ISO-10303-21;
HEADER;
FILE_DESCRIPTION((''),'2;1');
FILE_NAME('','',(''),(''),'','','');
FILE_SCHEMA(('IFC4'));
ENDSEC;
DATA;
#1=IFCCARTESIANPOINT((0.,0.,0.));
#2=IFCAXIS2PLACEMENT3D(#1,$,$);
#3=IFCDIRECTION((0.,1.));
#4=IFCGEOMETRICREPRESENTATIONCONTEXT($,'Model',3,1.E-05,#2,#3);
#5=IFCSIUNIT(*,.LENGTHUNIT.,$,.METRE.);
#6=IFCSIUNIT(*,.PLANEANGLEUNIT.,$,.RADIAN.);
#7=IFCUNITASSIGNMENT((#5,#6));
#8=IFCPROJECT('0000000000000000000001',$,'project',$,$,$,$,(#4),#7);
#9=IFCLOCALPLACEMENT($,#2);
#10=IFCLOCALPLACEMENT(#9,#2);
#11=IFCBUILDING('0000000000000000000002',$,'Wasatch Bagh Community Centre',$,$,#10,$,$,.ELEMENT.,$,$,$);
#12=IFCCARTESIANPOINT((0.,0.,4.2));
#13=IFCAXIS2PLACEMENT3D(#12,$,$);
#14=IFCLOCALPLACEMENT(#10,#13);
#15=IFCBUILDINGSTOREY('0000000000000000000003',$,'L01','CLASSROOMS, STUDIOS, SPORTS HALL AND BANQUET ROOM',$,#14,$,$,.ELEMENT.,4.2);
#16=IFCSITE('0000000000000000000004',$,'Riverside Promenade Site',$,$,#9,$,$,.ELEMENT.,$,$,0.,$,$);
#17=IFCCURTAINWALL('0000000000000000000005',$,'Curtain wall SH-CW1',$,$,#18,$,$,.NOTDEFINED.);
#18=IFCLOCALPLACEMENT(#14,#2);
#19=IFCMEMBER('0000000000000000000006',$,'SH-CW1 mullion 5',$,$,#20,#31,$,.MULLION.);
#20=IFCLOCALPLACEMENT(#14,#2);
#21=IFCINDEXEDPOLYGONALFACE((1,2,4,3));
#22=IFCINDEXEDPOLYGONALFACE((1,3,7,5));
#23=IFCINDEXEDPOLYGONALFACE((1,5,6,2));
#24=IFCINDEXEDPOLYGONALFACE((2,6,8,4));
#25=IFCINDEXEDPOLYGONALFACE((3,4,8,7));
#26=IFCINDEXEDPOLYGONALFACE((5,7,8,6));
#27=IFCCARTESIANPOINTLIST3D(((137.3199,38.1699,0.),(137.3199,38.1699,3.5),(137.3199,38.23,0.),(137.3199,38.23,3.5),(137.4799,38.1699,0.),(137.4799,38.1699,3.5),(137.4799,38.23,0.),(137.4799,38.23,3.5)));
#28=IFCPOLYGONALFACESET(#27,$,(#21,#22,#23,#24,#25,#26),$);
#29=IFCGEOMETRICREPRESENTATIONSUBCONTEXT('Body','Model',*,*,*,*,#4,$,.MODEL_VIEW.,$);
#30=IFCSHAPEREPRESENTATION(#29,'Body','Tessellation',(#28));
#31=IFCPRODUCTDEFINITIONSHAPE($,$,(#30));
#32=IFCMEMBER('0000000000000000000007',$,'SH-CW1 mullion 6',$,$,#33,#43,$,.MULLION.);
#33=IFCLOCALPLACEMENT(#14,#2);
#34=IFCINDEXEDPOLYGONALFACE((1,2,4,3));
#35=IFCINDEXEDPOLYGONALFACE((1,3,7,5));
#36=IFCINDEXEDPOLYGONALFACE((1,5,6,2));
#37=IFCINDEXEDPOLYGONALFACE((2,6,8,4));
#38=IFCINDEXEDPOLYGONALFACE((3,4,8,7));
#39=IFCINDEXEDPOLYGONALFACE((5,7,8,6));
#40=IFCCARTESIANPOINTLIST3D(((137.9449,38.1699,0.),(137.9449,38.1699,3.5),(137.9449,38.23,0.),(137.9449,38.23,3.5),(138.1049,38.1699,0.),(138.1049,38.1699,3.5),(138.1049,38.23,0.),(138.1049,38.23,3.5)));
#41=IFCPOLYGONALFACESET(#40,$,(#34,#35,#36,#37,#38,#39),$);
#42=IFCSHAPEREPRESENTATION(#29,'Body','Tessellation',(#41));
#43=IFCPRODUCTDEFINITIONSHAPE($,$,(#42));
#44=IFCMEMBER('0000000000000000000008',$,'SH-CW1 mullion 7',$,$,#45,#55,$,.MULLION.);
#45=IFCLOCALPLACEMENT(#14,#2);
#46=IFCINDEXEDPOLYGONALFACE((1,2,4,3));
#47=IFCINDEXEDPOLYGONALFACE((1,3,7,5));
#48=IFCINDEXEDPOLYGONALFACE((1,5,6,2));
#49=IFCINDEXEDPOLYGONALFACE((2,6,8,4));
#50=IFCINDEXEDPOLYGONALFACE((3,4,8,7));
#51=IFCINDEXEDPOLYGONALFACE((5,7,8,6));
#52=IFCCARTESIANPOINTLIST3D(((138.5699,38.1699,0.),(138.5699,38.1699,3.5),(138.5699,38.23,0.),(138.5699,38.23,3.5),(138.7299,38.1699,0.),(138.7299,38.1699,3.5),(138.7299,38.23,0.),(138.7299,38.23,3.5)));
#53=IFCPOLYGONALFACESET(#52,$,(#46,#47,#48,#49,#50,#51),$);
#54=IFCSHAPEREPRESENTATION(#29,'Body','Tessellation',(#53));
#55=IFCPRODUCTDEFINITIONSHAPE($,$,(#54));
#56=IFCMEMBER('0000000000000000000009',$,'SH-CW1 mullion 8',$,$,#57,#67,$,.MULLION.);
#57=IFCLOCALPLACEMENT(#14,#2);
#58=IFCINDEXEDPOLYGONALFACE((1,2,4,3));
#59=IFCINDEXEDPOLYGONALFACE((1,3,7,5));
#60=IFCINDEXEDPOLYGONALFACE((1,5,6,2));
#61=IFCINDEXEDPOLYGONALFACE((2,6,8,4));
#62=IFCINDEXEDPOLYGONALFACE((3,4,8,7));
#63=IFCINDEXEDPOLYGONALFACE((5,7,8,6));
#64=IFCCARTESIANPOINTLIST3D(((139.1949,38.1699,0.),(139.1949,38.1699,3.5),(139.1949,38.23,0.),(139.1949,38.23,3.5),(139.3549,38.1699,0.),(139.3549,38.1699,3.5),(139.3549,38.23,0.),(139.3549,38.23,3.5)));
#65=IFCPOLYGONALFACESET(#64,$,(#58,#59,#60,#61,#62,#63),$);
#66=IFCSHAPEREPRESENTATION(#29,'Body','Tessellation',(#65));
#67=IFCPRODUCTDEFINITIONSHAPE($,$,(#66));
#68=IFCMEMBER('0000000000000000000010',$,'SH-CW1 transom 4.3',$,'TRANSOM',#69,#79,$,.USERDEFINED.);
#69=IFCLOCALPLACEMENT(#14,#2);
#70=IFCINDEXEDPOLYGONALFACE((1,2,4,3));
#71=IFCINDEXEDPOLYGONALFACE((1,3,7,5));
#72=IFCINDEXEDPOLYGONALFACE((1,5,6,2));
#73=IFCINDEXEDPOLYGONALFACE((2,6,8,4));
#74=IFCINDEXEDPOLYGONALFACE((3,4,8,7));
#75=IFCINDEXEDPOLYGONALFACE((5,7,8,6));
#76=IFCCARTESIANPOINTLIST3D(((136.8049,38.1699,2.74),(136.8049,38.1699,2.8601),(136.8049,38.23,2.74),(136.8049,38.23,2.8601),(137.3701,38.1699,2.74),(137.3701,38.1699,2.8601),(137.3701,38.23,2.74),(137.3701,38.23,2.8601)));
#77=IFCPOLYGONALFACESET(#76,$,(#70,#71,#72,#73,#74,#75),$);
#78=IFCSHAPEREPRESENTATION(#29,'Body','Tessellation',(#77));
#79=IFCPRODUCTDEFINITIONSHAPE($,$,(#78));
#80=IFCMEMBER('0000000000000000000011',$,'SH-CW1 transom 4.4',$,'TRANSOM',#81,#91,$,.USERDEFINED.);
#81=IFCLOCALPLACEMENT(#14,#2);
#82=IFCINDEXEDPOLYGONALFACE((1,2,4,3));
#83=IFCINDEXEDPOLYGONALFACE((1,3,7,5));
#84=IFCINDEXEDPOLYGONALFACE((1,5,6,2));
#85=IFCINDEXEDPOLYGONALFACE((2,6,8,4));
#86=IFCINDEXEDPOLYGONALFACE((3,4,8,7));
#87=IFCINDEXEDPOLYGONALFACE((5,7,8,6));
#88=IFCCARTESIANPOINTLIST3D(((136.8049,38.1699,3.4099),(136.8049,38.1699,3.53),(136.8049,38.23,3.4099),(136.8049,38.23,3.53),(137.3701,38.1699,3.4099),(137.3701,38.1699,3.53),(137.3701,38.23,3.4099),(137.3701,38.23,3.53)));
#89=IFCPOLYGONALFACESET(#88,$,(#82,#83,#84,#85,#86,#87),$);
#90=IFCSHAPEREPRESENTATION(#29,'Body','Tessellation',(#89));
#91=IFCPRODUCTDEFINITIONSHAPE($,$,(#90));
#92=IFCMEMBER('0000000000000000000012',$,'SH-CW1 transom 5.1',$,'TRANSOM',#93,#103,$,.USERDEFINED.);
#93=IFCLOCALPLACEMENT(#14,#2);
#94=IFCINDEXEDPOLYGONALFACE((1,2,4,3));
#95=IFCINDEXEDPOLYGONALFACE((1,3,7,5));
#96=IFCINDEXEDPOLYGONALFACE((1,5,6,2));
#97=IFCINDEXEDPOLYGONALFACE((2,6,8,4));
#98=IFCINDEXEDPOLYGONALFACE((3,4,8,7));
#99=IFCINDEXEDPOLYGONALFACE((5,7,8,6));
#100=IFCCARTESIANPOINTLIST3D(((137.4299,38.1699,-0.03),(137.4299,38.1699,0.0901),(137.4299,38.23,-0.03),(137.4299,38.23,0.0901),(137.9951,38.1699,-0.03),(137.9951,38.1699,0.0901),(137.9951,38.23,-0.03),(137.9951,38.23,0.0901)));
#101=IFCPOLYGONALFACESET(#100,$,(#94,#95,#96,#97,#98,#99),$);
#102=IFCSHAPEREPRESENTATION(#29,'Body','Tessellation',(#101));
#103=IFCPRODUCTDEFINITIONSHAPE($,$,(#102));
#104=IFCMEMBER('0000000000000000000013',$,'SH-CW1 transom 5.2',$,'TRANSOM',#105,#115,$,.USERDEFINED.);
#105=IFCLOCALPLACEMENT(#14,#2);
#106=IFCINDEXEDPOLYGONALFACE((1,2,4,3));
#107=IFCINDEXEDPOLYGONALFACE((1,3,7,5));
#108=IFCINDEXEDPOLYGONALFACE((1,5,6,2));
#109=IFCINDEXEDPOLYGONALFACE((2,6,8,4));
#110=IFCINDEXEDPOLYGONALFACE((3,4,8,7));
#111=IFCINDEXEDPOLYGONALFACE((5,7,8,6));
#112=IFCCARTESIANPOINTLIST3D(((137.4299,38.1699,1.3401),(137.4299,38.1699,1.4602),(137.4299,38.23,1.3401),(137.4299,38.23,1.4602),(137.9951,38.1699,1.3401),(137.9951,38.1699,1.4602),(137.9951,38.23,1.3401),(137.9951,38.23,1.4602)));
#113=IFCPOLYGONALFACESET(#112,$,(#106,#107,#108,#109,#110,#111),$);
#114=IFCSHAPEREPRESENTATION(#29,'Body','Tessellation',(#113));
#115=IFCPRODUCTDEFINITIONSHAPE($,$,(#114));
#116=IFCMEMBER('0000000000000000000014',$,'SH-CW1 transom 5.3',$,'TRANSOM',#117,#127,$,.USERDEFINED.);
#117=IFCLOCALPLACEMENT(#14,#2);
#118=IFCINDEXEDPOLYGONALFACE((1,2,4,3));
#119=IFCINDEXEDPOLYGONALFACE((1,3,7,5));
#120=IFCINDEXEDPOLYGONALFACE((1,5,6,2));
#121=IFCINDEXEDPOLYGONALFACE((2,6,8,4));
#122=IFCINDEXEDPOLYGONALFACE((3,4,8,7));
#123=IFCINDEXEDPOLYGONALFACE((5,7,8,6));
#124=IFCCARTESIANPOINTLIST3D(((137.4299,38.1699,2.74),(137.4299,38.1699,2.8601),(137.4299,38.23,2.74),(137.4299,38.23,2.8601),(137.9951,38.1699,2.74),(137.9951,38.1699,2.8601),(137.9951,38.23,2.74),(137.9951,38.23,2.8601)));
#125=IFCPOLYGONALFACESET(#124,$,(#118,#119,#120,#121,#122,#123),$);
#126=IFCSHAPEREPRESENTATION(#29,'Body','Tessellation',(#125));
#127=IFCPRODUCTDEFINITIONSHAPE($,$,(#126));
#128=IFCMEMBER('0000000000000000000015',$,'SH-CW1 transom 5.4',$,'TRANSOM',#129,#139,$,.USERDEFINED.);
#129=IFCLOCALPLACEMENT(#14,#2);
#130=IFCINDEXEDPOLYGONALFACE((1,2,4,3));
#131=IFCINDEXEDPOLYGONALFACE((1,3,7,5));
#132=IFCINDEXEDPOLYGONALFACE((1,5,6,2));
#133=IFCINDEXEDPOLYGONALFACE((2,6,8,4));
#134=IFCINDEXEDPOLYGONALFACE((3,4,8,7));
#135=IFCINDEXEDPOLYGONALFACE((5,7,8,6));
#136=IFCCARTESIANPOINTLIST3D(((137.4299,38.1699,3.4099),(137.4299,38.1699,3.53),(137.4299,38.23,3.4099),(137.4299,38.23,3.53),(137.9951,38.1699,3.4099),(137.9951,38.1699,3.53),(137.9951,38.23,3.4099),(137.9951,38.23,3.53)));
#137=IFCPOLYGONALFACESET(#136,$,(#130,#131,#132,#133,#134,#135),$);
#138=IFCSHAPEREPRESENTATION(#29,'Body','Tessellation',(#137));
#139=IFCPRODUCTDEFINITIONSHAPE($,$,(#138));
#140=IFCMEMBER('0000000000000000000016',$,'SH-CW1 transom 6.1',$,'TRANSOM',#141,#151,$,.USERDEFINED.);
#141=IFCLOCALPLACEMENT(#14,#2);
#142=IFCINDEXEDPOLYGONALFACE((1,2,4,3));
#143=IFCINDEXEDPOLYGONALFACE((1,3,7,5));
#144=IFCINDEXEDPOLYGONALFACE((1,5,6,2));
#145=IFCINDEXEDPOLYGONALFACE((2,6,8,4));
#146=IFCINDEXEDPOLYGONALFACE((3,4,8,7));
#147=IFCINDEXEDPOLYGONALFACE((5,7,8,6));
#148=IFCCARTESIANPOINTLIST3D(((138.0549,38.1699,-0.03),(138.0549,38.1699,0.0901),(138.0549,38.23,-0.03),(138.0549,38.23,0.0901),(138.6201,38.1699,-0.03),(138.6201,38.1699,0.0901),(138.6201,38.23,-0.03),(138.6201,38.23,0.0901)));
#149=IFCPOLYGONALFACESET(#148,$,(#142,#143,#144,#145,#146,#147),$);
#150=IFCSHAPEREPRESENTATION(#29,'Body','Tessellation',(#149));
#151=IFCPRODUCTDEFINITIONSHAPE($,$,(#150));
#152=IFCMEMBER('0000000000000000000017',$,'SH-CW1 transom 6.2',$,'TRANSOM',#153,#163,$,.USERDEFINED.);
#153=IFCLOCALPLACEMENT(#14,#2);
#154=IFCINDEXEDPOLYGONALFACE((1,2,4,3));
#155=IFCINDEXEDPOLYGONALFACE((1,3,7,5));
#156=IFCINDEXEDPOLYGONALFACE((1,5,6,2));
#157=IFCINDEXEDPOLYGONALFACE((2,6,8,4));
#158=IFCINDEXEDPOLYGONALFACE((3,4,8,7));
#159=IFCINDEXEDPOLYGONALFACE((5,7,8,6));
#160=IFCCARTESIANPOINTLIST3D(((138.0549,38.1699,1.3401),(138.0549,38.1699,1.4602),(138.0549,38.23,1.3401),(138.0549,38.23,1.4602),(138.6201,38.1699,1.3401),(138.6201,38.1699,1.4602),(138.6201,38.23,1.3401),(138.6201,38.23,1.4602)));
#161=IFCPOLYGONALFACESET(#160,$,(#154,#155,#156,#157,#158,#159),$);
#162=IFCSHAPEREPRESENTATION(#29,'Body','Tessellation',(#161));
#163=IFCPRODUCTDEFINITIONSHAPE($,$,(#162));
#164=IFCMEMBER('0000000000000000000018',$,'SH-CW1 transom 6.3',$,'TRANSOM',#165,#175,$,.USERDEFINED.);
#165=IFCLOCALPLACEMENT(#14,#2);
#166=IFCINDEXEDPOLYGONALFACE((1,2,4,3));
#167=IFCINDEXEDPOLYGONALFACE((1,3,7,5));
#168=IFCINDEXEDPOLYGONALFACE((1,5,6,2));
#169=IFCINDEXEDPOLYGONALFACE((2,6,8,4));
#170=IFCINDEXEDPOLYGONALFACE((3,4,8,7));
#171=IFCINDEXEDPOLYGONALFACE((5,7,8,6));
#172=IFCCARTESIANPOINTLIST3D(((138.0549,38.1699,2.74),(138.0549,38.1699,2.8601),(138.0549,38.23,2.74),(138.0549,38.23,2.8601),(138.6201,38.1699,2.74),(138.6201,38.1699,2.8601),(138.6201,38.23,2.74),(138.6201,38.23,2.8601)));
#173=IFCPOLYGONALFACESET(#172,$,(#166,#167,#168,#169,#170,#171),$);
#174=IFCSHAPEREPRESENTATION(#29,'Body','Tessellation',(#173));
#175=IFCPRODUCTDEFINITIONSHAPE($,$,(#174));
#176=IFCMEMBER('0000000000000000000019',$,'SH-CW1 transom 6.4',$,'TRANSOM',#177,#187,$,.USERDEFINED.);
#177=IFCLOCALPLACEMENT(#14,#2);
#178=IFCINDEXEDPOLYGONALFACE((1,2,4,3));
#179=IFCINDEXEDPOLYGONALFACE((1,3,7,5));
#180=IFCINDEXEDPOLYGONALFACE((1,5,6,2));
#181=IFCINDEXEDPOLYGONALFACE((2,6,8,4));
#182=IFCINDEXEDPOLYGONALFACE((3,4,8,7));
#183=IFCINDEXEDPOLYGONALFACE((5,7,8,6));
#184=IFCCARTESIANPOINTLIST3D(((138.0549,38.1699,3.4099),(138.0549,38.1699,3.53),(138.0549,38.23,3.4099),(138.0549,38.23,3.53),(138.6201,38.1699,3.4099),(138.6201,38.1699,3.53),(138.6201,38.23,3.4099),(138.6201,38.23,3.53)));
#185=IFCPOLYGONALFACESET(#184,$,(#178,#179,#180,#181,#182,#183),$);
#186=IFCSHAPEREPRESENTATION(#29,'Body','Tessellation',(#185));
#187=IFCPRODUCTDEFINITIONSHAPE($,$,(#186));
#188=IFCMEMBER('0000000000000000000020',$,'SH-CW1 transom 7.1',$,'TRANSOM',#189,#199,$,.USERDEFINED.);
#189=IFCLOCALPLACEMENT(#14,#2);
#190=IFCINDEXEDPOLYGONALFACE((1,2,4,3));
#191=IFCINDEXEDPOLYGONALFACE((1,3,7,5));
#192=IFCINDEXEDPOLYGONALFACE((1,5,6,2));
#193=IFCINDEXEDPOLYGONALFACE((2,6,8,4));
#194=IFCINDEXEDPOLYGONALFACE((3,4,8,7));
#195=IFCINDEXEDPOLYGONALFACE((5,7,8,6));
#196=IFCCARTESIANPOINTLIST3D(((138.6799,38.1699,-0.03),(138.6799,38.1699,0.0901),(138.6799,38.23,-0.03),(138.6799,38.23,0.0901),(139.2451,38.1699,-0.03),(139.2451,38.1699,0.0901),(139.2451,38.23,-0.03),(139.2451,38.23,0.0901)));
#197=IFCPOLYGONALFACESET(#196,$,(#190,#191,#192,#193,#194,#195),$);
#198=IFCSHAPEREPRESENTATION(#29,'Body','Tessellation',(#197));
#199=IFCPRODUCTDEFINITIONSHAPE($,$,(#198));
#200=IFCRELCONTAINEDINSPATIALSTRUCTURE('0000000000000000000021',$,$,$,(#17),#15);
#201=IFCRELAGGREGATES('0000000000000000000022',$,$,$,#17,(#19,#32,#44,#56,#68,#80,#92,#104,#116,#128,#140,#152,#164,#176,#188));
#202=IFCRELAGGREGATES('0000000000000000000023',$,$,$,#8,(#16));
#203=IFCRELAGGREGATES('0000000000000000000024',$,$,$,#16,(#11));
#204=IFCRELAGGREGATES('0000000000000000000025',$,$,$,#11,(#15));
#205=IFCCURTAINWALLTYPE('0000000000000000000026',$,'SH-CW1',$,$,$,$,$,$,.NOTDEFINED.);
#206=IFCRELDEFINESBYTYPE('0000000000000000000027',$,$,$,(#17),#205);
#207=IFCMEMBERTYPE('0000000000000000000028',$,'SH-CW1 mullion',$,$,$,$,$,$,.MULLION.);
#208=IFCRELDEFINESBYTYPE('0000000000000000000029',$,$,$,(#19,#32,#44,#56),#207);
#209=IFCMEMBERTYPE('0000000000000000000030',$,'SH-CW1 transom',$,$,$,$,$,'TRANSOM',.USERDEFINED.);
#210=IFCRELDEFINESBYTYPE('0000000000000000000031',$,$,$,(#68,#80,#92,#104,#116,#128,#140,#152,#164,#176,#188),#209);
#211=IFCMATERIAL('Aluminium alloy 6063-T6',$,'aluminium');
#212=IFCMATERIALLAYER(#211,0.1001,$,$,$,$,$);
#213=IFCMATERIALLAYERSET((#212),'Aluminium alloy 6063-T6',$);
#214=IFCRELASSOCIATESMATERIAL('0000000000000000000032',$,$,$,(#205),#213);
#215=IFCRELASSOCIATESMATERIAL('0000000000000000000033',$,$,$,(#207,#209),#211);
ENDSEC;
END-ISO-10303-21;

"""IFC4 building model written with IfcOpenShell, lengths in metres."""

from ifc_helpers import new_model, si_unit, direction, frame, origin, origin_2d, place, context, subcontext, project, spatial, rectangle, extrude, material, layer, layer_set, material_profile, profile_set, type_object, element, aggregate, save


model = new_model("IFC4")

# Units and contexts
model_context = context("Model", 3, precision=1e-05, world=origin(), true_north=direction((0.0, 1.0)))
body_context = subcontext(model_context, "Body", "Model", "MODEL_VIEW")
ifc_project = project(units=[si_unit("LENGTHUNIT", "METRE"), si_unit("PLANEANGLEUNIT", "RADIAN")], contexts=[model_context])

# Site, building, storey
site_placement = place(None, origin())
site = spatial("IfcSite", under=ifc_project, at=site_placement, Name="Riverside Promenade Site", CompositionType="ELEMENT", RefElevation=0.0)
building_placement = place(site_placement, origin())
building = spatial("IfcBuilding", under=site, at=building_placement, Name="Wasatch Bagh Community Centre", CompositionType="ELEMENT")
storey_placement = place(building_placement, frame((0.0, 0.0, 4.2)))
storey = spatial("IfcBuildingStorey", under=building, at=storey_placement, Name="L01", Description="CLASSROOMS, STUDIOS, SPORTS HALL AND BANQUET ROOM", CompositionType="ELEMENT", Elevation=4.2)

# Curtain wall, members
ifc_material_1 = material(Name="Aluminium alloy 6063-T6", Category="aluminium")
ifc_layer_1 = layer(ifc_material_1, 0.1001)
ifc_layer_set_1 = layer_set([ifc_layer_1], Name="Aluminium alloy 6063-T6")
curtain_wall_type = type_object("IfcCurtainWallType", Name="SH-CW1", PredefinedType="NOTDEFINED", material=ifc_layer_set_1)
curtain_wall_placement = place(storey_placement, origin())
curtain_wall = element("IfcCurtainWall", 1, at=curtain_wall_placement, inside=storey, type_object=curtain_wall_type, Name="Curtain wall SH-CW1", PredefinedType="NOTDEFINED")
ifc_material_profile_1 = material_profile(ifc_material_1, rectangle(XDim=0.0601, YDim=0.1599, at=origin_2d()), Name="AL 60x160")
ifc_profile_set_1 = profile_set([ifc_material_profile_1], Name="Aluminium alloy 6063-T6")
member_type_1 = type_object("IfcMemberType", Name="SH-CW1 mullion", PredefinedType="MULLION", material=ifc_profile_set_1)
member_1_placement = place(storey_placement, frame((137.3999, 38.2, 0.0), z_axis=(0.0, 0.0, 1.0), x_axis=(0.0, 1.0, 0.0)))
member_1 = element("IfcMember", 2, at=member_1_placement, type_object=member_type_1, Name="SH-CW1 mullion 5", PredefinedType="MULLION", context=body_context, shape_type="SweptSolid", body=[
    extrude(rectangle(XDim=0.0601, YDim=0.1599, at=origin_2d()), origin(), (0.0, 0.0, 1.0), 3.5),
])
member_2_placement = place(storey_placement, frame((138.0249, 38.2, 0.0), z_axis=(0.0, 0.0, 1.0), x_axis=(0.0, 1.0, 0.0)))
member_2 = element("IfcMember", 3, at=member_2_placement, type_object=member_type_1, Name="SH-CW1 mullion 6", PredefinedType="MULLION", context=body_context, shape_type="SweptSolid", body=[
    extrude(rectangle(XDim=0.0601, YDim=0.1599, at=origin_2d()), origin(), (0.0, 0.0, 1.0), 3.5),
])
member_3_placement = place(storey_placement, frame((138.6499, 38.2, 0.0), z_axis=(0.0, 0.0, 1.0), x_axis=(0.0, 1.0, 0.0)))
member_3 = element("IfcMember", 4, at=member_3_placement, type_object=member_type_1, Name="SH-CW1 mullion 7", PredefinedType="MULLION", context=body_context, shape_type="SweptSolid", body=[
    extrude(rectangle(XDim=0.0601, YDim=0.1599, at=origin_2d()), origin(), (0.0, 0.0, 1.0), 3.5),
])
member_4_placement = place(storey_placement, frame((139.2749, 38.2, 0.0), z_axis=(0.0, 0.0, 1.0), x_axis=(0.0, 1.0, 0.0)))
member_4 = element("IfcMember", 5, at=member_4_placement, type_object=member_type_1, Name="SH-CW1 mullion 8", PredefinedType="MULLION", context=body_context, shape_type="SweptSolid", body=[
    extrude(rectangle(XDim=0.0601, YDim=0.1599, at=origin_2d()), origin(), (0.0, 0.0, 1.0), 3.5),
])
ifc_material_profile_2 = material_profile(ifc_material_1, rectangle(XDim=0.0601, YDim=0.1201, at=origin_2d()), Name="AL 60x120")
ifc_profile_set_2 = profile_set([ifc_material_profile_2], Name="Aluminium alloy 6063-T6")
member_type_2 = type_object("IfcMemberType", Name="SH-CW1 transom", ElementType="TRANSOM", PredefinedType="USERDEFINED", material=ifc_profile_set_2)
member_5_placement = place(storey_placement, frame((136.8049, 38.2, 2.8), z_axis=(1.0, 0.0, 0.0), x_axis=(0.0, 1.0, 0.0)))
member_5 = element("IfcMember", 6, at=member_5_placement, type_object=member_type_2, Name="SH-CW1 transom 4.3", ObjectType="TRANSOM", PredefinedType="USERDEFINED", context=body_context, shape_type="SweptSolid", body=[
    extrude(rectangle(XDim=0.0601, YDim=0.1201, at=origin_2d()), origin(), (0.0, 0.0, 1.0), 0.5652),
])
member_6_placement = place(storey_placement, frame((136.8049, 38.2, 3.47), z_axis=(1.0, 0.0, 0.0), x_axis=(0.0, 1.0, 0.0)))
member_6 = element("IfcMember", 7, at=member_6_placement, type_object=member_type_2, Name="SH-CW1 transom 4.4", ObjectType="TRANSOM", PredefinedType="USERDEFINED", context=body_context, shape_type="SweptSolid", body=[
    extrude(rectangle(XDim=0.0601, YDim=0.1201, at=origin_2d()), origin(), (0.0, 0.0, 1.0), 0.5652),
])
member_7_placement = place(storey_placement, frame((137.4299, 38.2, 0.03), z_axis=(1.0, 0.0, 0.0), x_axis=(0.0, 1.0, 0.0)))
member_7 = element("IfcMember", 8, at=member_7_placement, type_object=member_type_2, Name="SH-CW1 transom 5.1", ObjectType="TRANSOM", PredefinedType="USERDEFINED", context=body_context, shape_type="SweptSolid", body=[
    extrude(rectangle(XDim=0.0601, YDim=0.1201, at=origin_2d()), origin(), (0.0, 0.0, 1.0), 0.5652),
])
member_8_placement = place(storey_placement, frame((137.4299, 38.2, 1.4001), z_axis=(1.0, 0.0, 0.0), x_axis=(0.0, 1.0, 0.0)))
member_8 = element("IfcMember", 9, at=member_8_placement, type_object=member_type_2, Name="SH-CW1 transom 5.2", ObjectType="TRANSOM", PredefinedType="USERDEFINED", context=body_context, shape_type="SweptSolid", body=[
    extrude(rectangle(XDim=0.0601, YDim=0.1201, at=origin_2d()), origin(), (0.0, 0.0, 1.0), 0.5652),
])
member_9_placement = place(storey_placement, frame((137.4299, 38.2, 2.8), z_axis=(1.0, 0.0, 0.0), x_axis=(0.0, 1.0, 0.0)))
member_9 = element("IfcMember", 10, at=member_9_placement, type_object=member_type_2, Name="SH-CW1 transom 5.3", ObjectType="TRANSOM", PredefinedType="USERDEFINED", context=body_context, shape_type="SweptSolid", body=[
    extrude(rectangle(XDim=0.0601, YDim=0.1201, at=origin_2d()), origin(), (0.0, 0.0, 1.0), 0.5652),
])
member_10_placement = place(storey_placement, frame((137.4299, 38.2, 3.47), z_axis=(1.0, 0.0, 0.0), x_axis=(0.0, 1.0, 0.0)))
member_10 = element("IfcMember", 11, at=member_10_placement, type_object=member_type_2, Name="SH-CW1 transom 5.4", ObjectType="TRANSOM", PredefinedType="USERDEFINED", context=body_context, shape_type="SweptSolid", body=[
    extrude(rectangle(XDim=0.0601, YDim=0.1201, at=origin_2d()), origin(), (0.0, 0.0, 1.0), 0.5652),
])
member_11_placement = place(storey_placement, frame((138.0549, 38.2, 0.03), z_axis=(1.0, 0.0, 0.0), x_axis=(0.0, 1.0, 0.0)))
member_11 = element("IfcMember", 12, at=member_11_placement, type_object=member_type_2, Name="SH-CW1 transom 6.1", ObjectType="TRANSOM", PredefinedType="USERDEFINED", context=body_context, shape_type="SweptSolid", body=[
    extrude(rectangle(XDim=0.0601, YDim=0.1201, at=origin_2d()), origin(), (0.0, 0.0, 1.0), 0.5652),
])
member_12_placement = place(storey_placement, frame((138.0549, 38.2, 1.4001), z_axis=(1.0, 0.0, 0.0), x_axis=(0.0, 1.0, 0.0)))
member_12 = element("IfcMember", 13, at=member_12_placement, type_object=member_type_2, Name="SH-CW1 transom 6.2", ObjectType="TRANSOM", PredefinedType="USERDEFINED", context=body_context, shape_type="SweptSolid", body=[
    extrude(rectangle(XDim=0.0601, YDim=0.1201, at=origin_2d()), origin(), (0.0, 0.0, 1.0), 0.5652),
])
member_13_placement = place(storey_placement, frame((138.0549, 38.2, 2.8), z_axis=(1.0, 0.0, 0.0), x_axis=(0.0, 1.0, 0.0)))
member_13 = element("IfcMember", 14, at=member_13_placement, type_object=member_type_2, Name="SH-CW1 transom 6.3", ObjectType="TRANSOM", PredefinedType="USERDEFINED", context=body_context, shape_type="SweptSolid", body=[
    extrude(rectangle(XDim=0.0601, YDim=0.1201, at=origin_2d()), origin(), (0.0, 0.0, 1.0), 0.5652),
])
member_14_placement = place(storey_placement, frame((138.0549, 38.2, 3.47), z_axis=(1.0, 0.0, 0.0), x_axis=(0.0, 1.0, 0.0)))
member_14 = element("IfcMember", 15, at=member_14_placement, type_object=member_type_2, Name="SH-CW1 transom 6.4", ObjectType="TRANSOM", PredefinedType="USERDEFINED", context=body_context, shape_type="SweptSolid", body=[
    extrude(rectangle(XDim=0.0601, YDim=0.1201, at=origin_2d()), origin(), (0.0, 0.0, 1.0), 0.5652),
])
member_15_placement = place(storey_placement, frame((138.6799, 38.2, 0.03), z_axis=(1.0, 0.0, 0.0), x_axis=(0.0, 1.0, 0.0)))
member_15 = element("IfcMember", 16, at=member_15_placement, type_object=member_type_2, Name="SH-CW1 transom 7.1", ObjectType="TRANSOM", PredefinedType="USERDEFINED", context=body_context, shape_type="SweptSolid", body=[
    extrude(rectangle(XDim=0.0601, YDim=0.1201, at=origin_2d()), origin(), (0.0, 0.0, 1.0), 0.5652),
])
aggregate(curtain_wall, [member_1, member_2, member_3, member_4, member_5, member_6, member_7, member_8, member_9, member_10, member_11, member_12, member_13, member_14, member_15])

save(model, "model.ifc")
